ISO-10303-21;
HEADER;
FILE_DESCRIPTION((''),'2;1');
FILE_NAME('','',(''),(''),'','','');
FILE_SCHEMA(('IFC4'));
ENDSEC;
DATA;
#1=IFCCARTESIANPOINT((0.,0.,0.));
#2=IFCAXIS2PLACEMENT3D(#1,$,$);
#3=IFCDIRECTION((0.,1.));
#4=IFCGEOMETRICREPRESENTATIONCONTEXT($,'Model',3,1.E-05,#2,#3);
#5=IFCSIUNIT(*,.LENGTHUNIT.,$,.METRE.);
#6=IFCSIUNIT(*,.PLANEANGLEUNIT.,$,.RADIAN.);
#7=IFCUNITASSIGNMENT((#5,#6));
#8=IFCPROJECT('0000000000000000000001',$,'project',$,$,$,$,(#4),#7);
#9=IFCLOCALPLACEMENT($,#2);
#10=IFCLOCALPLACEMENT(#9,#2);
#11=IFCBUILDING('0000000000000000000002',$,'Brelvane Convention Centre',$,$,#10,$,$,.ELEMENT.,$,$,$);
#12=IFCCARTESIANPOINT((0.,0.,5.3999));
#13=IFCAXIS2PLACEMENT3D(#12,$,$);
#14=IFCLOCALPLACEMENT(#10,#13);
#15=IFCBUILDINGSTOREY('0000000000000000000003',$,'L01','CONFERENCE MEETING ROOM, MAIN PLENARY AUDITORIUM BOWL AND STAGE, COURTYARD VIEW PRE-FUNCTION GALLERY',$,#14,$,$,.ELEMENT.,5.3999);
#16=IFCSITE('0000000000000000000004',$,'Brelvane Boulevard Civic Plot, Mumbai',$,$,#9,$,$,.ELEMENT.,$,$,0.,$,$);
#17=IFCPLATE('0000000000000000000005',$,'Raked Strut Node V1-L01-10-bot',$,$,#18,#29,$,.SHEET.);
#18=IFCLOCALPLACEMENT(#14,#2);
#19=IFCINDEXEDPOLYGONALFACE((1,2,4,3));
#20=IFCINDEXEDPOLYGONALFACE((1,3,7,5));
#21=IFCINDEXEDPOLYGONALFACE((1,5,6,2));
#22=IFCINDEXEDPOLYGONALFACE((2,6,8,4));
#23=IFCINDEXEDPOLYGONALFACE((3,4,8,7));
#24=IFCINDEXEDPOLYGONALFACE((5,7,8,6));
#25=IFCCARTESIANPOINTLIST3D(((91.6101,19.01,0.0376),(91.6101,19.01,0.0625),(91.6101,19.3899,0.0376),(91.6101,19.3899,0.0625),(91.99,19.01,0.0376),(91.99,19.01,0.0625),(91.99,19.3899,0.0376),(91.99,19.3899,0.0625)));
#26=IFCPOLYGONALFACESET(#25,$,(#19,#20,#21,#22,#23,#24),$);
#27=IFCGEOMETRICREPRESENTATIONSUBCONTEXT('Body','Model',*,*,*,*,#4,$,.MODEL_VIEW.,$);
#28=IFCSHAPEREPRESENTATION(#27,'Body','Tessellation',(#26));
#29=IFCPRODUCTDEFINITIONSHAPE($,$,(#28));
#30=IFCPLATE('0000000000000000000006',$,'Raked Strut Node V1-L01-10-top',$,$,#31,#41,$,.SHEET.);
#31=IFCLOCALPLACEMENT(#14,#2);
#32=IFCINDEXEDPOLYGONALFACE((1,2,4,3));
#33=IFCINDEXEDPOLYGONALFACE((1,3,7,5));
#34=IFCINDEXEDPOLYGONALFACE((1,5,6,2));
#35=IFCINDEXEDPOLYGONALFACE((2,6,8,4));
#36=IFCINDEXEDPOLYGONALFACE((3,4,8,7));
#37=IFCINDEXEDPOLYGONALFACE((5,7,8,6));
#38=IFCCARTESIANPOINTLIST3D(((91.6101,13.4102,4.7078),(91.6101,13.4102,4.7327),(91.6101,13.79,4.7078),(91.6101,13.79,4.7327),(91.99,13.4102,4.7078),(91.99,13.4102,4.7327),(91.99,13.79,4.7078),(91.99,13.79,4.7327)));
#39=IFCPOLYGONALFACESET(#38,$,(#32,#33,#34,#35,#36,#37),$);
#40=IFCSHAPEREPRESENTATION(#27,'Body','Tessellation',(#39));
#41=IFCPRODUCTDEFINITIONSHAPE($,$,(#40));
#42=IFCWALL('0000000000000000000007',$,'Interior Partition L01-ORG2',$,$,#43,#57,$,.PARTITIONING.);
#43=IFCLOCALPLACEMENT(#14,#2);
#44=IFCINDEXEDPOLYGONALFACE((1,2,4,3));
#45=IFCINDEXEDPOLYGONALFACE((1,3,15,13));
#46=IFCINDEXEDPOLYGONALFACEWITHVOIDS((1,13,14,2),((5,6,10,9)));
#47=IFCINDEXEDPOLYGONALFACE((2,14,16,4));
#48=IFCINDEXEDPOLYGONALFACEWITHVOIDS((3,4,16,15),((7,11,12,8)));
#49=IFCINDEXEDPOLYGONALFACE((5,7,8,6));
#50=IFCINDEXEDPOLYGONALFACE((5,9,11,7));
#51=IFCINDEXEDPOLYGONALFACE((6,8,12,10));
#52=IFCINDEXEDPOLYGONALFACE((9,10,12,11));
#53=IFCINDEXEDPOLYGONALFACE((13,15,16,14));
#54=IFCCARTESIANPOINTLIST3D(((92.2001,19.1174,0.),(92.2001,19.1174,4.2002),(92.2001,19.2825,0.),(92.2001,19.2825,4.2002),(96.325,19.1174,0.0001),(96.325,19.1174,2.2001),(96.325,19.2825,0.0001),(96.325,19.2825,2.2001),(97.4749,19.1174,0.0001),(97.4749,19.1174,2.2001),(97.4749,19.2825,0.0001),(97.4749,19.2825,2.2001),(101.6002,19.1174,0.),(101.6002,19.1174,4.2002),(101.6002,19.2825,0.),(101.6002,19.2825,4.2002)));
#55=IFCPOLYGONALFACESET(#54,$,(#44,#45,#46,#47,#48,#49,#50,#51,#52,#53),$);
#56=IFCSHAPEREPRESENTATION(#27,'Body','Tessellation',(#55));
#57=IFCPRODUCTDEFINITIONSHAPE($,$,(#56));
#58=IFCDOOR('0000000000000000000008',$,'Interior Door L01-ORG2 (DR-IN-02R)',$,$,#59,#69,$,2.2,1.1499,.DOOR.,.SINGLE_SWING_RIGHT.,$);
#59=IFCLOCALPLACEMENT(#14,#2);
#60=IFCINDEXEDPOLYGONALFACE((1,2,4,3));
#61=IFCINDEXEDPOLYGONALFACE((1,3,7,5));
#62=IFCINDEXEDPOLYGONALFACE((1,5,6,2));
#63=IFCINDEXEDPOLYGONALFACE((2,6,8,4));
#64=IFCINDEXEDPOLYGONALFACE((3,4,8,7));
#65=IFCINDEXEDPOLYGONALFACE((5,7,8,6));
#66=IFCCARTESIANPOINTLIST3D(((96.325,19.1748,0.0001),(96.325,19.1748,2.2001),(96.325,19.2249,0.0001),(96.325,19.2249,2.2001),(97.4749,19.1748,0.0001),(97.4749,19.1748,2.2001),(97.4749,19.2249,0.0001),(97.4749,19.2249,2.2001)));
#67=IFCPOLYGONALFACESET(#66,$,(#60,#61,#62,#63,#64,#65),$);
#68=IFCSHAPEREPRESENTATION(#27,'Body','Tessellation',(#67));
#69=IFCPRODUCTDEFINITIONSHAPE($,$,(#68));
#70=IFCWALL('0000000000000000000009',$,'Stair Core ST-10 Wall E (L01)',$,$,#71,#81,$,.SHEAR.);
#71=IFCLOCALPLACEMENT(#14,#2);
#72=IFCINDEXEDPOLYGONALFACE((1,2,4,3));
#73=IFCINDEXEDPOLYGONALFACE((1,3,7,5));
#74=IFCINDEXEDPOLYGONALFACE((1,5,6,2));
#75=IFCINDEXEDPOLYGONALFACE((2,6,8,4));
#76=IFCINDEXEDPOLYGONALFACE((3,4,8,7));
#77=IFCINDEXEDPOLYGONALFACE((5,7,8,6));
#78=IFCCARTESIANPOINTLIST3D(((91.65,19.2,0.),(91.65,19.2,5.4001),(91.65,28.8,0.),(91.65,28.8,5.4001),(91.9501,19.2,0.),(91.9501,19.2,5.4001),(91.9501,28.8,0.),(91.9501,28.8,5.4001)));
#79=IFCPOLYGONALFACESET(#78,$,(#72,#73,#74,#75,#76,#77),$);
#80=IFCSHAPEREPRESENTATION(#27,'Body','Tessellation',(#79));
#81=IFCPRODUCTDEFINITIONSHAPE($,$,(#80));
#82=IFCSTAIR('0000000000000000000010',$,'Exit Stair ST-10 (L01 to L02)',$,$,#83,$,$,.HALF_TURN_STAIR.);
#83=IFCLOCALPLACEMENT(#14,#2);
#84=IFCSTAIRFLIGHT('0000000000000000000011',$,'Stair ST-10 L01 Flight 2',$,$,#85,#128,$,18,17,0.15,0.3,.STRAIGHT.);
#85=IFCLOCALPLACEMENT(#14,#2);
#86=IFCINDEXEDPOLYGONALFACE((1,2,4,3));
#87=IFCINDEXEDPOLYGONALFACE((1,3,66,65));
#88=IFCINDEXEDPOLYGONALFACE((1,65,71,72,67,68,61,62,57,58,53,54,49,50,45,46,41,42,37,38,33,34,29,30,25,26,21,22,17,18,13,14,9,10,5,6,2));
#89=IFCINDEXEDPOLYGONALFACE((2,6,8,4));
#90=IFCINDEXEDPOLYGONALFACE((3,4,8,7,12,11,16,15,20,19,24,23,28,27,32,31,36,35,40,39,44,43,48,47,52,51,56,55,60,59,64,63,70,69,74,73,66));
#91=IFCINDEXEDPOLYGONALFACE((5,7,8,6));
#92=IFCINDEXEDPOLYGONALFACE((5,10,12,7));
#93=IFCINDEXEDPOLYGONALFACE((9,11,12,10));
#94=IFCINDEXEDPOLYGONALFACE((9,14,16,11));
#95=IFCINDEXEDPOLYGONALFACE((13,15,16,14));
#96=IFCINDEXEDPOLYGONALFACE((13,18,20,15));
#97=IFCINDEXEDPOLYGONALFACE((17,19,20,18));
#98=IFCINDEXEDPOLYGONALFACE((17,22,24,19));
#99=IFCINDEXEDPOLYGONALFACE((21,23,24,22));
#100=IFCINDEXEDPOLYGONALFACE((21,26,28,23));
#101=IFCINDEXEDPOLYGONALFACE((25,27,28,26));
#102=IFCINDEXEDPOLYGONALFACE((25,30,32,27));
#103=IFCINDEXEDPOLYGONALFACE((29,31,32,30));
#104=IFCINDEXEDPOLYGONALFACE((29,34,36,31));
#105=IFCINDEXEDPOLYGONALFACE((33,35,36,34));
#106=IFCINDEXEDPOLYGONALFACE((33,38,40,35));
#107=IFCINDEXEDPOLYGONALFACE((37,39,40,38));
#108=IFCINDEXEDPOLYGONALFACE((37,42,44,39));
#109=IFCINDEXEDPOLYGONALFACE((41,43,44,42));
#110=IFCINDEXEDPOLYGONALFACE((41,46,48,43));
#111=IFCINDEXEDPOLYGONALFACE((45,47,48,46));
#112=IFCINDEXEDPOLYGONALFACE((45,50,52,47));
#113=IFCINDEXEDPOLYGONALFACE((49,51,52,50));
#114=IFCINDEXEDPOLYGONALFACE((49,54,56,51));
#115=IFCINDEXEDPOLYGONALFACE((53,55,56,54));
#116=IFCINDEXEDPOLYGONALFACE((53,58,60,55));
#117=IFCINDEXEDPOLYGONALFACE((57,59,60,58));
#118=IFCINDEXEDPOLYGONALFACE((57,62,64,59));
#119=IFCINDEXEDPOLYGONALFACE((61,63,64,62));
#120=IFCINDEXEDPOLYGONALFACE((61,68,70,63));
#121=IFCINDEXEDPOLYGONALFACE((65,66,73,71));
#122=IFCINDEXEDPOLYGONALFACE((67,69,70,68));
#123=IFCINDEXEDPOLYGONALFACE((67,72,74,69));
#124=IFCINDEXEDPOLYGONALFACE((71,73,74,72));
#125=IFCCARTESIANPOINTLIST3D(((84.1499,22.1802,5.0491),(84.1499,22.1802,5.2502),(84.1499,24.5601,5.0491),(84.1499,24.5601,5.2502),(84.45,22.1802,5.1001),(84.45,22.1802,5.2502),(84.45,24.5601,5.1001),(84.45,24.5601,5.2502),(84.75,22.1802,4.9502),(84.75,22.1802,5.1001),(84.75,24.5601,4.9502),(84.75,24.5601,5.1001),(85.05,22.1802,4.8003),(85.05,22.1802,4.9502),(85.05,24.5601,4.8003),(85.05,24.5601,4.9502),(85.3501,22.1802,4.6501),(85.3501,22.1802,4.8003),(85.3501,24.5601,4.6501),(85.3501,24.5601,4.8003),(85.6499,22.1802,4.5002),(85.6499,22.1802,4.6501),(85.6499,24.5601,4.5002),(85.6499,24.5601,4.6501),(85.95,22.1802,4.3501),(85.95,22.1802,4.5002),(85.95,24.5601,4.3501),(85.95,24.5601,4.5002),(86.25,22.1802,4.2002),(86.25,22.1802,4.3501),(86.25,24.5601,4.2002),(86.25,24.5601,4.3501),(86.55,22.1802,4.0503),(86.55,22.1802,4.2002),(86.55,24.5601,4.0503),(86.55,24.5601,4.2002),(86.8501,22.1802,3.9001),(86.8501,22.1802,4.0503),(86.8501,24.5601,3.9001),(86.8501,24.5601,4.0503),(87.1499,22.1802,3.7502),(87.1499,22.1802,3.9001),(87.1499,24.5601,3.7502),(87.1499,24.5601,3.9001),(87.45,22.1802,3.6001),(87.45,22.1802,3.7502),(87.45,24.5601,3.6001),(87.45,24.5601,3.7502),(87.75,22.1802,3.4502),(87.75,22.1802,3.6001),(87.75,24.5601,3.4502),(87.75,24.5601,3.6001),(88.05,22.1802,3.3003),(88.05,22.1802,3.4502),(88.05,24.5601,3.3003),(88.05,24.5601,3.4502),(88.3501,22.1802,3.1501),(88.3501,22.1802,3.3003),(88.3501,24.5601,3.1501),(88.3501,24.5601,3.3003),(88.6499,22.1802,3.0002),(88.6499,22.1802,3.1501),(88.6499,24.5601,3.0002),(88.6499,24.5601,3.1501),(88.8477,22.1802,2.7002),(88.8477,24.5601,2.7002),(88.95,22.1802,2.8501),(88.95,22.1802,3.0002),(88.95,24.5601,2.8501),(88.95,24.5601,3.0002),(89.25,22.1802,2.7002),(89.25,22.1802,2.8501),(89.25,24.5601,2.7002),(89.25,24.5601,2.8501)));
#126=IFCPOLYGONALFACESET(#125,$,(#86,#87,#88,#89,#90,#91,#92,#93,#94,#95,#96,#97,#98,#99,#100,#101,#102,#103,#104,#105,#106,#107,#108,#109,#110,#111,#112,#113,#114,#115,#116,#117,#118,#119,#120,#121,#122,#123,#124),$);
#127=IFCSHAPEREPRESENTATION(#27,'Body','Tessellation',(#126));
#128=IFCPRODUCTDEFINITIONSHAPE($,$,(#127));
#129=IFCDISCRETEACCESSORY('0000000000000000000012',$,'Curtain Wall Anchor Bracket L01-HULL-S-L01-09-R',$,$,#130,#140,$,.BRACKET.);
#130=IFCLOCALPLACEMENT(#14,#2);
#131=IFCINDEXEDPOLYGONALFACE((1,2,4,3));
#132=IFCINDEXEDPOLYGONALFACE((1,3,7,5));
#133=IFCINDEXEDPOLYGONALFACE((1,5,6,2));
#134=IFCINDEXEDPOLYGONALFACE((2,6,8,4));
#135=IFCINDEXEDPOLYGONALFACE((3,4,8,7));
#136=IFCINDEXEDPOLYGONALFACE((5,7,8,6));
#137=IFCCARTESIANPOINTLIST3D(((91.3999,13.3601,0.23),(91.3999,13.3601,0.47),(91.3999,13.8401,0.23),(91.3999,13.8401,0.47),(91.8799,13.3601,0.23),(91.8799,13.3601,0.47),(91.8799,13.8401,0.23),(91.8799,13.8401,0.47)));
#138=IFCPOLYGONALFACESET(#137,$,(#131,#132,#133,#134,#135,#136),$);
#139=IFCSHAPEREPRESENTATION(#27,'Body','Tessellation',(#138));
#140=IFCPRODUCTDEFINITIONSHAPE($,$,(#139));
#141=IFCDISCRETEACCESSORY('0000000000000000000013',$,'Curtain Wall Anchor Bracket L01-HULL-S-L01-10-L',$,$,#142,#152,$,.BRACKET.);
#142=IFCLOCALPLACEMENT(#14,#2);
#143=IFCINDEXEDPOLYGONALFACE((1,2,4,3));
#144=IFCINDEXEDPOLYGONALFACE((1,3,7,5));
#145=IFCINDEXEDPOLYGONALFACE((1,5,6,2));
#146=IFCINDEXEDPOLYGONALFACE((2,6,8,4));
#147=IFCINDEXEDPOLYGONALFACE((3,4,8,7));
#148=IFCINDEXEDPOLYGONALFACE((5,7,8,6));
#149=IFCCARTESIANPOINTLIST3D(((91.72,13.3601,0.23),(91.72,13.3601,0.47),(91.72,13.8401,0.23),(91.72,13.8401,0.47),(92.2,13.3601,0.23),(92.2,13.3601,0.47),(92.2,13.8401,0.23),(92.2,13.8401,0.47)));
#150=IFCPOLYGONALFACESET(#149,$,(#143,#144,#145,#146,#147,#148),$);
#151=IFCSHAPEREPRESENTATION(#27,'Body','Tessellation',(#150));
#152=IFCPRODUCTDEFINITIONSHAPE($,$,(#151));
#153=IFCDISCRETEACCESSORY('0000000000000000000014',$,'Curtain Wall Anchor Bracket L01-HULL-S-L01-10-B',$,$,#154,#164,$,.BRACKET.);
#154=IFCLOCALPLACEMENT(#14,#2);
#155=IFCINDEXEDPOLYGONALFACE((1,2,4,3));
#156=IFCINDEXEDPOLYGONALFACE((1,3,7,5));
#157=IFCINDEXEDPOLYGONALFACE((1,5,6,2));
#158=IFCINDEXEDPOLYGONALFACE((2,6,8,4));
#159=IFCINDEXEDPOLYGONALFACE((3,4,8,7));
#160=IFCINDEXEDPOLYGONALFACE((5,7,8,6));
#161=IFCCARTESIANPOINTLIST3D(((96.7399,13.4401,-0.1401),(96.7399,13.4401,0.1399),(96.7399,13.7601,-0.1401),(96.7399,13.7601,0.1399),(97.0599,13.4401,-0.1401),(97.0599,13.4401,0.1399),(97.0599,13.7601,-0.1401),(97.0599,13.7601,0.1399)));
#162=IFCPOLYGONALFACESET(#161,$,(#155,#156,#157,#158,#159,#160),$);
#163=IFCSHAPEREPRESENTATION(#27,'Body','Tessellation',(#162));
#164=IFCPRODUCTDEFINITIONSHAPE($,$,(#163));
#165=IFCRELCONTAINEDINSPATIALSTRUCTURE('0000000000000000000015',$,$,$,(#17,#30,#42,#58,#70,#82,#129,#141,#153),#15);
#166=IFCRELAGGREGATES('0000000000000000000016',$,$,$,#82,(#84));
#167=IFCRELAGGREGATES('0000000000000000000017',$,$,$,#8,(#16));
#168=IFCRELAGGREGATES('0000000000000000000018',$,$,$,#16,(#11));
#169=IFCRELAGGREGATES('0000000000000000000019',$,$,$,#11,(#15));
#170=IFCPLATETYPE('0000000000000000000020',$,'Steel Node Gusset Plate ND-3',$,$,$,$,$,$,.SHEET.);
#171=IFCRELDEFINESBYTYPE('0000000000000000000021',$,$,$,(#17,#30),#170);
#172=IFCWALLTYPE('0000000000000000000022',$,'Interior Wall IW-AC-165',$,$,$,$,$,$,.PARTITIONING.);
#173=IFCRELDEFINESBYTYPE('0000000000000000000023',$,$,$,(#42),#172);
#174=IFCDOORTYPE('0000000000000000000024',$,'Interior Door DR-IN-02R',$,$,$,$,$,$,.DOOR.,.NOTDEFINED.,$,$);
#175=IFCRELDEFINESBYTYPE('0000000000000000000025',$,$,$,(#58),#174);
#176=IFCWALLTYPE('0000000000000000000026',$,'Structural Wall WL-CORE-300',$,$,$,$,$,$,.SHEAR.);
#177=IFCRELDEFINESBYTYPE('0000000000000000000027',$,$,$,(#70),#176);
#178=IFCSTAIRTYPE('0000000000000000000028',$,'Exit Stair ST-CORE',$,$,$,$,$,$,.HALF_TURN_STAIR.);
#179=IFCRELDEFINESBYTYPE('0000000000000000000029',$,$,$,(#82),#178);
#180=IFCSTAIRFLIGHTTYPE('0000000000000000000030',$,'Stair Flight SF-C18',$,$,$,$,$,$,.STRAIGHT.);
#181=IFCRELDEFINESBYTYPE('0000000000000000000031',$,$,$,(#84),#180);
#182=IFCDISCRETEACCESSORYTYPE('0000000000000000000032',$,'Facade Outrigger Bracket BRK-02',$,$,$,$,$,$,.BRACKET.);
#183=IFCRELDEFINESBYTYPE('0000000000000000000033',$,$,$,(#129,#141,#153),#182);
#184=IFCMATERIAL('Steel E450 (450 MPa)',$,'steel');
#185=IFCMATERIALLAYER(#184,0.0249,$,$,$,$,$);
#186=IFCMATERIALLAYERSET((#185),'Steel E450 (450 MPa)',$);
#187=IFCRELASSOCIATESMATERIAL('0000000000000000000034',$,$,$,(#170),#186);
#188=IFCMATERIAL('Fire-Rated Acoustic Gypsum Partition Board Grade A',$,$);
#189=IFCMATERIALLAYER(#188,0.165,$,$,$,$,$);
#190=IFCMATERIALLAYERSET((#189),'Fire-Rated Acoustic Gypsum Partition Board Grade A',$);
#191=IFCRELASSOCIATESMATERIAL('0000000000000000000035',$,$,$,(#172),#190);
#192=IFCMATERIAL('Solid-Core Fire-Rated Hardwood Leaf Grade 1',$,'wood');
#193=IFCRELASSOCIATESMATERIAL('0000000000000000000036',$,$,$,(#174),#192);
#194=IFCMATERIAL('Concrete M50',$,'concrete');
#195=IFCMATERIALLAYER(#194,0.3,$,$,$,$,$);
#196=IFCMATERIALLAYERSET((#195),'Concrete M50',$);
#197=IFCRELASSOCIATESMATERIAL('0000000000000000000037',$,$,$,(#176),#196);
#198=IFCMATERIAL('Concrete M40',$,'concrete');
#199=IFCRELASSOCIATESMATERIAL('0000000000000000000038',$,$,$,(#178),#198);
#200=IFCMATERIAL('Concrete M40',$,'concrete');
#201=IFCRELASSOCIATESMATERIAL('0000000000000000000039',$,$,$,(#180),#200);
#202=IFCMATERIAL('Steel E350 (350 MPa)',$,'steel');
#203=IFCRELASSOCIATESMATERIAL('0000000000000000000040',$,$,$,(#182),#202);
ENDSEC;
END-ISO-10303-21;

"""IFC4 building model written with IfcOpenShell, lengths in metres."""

from ifc_helpers import new_model, si_unit, direction, frame, frame_2d, origin, origin_2d, place, context, subcontext, project, spatial, polyline, rectangle, outline, extrude, material, layer, layer_set, type_object, element, fill, aggregate, save


model = new_model("IFC4")

# Units and contexts
model_context = context("Model", 3, precision=1e-05, world=origin(), true_north=direction((0.0, 1.0)))
body_context = subcontext(model_context, "Body", "Model", "MODEL_VIEW")
ifc_project = project(units=[si_unit("LENGTHUNIT", "METRE"), si_unit("PLANEANGLEUNIT", "RADIAN")], contexts=[model_context])

# Site, building, storey
site_placement = place(None, origin())
site = spatial("IfcSite", under=ifc_project, at=site_placement, Name="Brelvane Boulevard Civic Plot, Mumbai", CompositionType="ELEMENT", RefElevation=0.0)
building_placement = place(site_placement, origin())
building = spatial("IfcBuilding", under=site, at=building_placement, Name="Brelvane Convention Centre", CompositionType="ELEMENT")
storey_placement = place(building_placement, frame((0.0, 0.0, 5.3999)))
storey = spatial("IfcBuildingStorey", under=building, at=storey_placement, Name="L01", Description="CONFERENCE MEETING ROOM, MAIN PLENARY AUDITORIUM BOWL AND STAGE, COURTYARD VIEW PRE-FUNCTION GALLERY", CompositionType="ELEMENT", Elevation=5.3999)

# Plates
ifc_material_1 = material(Name="Steel E450 (450 MPa)", Category="steel")
ifc_layer_1 = layer(ifc_material_1, 0.0249)
ifc_layer_set_1 = layer_set([ifc_layer_1], Name="Steel E450 (450 MPa)")
plate_type_1 = type_object("IfcPlateType", Name="Steel Node Gusset Plate ND-3", PredefinedType="SHEET", material=ifc_layer_set_1)
for number, where, z_axis, x_axis, name in (
    (1, (91.8, 19.2, 0.0376), (0.0, 0.0, 1.0), (1.0, 0.0, 0.0), "Raked Strut Node V1-L01-10-bot"),
    (2, (91.8, 13.6001, 4.7078), (0.0, 0.0, 1.0), (1.0, 0.0, 0.0), "Raked Strut Node V1-L01-10-top"),
):
    element("IfcPlate", number, at=place(storey_placement, frame(where, z_axis=z_axis, x_axis=x_axis)), inside=storey, type_object=plate_type_1, Name=name, PredefinedType="SHEET", context=body_context, shape_type="SweptSolid", body=[
        extrude(rectangle(XDim=0.3799, YDim=0.3799, at=origin_2d()), origin(), (0.0, 0.0, 1.0), 0.0249),
    ])

# Wall, opening, door
ifc_material_2 = material(Name="Fire-Rated Acoustic Gypsum Partition Board Grade A")
ifc_layer_2 = layer(ifc_material_2, 0.165)
ifc_layer_set_2 = layer_set([ifc_layer_2], Name="Fire-Rated Acoustic Gypsum Partition Board Grade A")
wall_type_1 = type_object("IfcWallType", Name="Interior Wall IW-AC-165", PredefinedType="PARTITIONING", material=ifc_layer_set_2)
wall_1_placement = place(storey_placement, frame((92.2, 19.2, 0.0), z_axis=(0.0, 0.0, 1.0), x_axis=(1.0, 0.0, 0.0)))
wall_1 = element("IfcWall", 3, at=wall_1_placement, inside=storey, type_object=wall_type_1, Name="Interior Partition L01-ORG2", PredefinedType="PARTITIONING", context=body_context, shape_type="SweptSolid", body=[
    extrude(rectangle(XDim=9.4001, YDim=0.165, at=frame_2d((4.7002, 0.0))), origin(), (0.0, 0.0, 1.0), 4.2002),
])
opening_placement = place(wall_1_placement, frame((4.125, 0.0, 0.0)))
opening = element("IfcOpeningElement", 4, at=opening_placement, cuts=wall_1, PredefinedType="OPENING", context=body_context, shape_type="SweptSolid", body=[
    extrude(rectangle(XDim=1.1499, YDim=2.2, at=frame_2d((0.575, 1.1001))), frame((0.0, 0.0925, 0.0), z_axis=(0.0, -1.0, 0.0), x_axis=(1.0, 0.0, 0.0)), (0.0, 0.0, 1.0), 0.1851),
])
ifc_material_3 = material(Name="Solid-Core Fire-Rated Hardwood Leaf Grade 1", Category="wood")
door_type = type_object("IfcDoorType", Name="Interior Door DR-IN-02R", OperationType="NOTDEFINED", PredefinedType="DOOR", material=ifc_material_3)
door_placement = place(opening_placement, origin())
door = element("IfcDoor", 5, at=door_placement, inside=storey, type_object=door_type, Name="Interior Door L01-ORG2 (DR-IN-02R)", OperationType="SINGLE_SWING_RIGHT", OverallHeight=2.2, OverallWidth=1.1499, PredefinedType="DOOR", context=body_context, shape_type="SweptSolid", body=[
    extrude(rectangle(XDim=1.1499, YDim=2.2, at=frame_2d((0.575, 1.1001))), frame((0.0, 0.0249, 0.0), z_axis=(0.0, -1.0, 0.0), x_axis=(1.0, 0.0, 0.0)), (0.0, 0.0, 1.0), 0.05),
])
fill(opening, door)

# Wall
ifc_material_4 = material(Name="Concrete M50", Category="concrete")
ifc_layer_3 = layer(ifc_material_4, 0.3)
ifc_layer_set_3 = layer_set([ifc_layer_3], Name="Concrete M50")
wall_type_2 = type_object("IfcWallType", Name="Structural Wall WL-CORE-300", PredefinedType="SHEAR", material=ifc_layer_set_3)
wall_2_placement = place(storey_placement, frame((91.8, 19.2, 0.0), z_axis=(0.0, 0.0, 1.0), x_axis=(0.0, 1.0, 0.0)))
element("IfcWall", 6, at=wall_2_placement, inside=storey, type_object=wall_type_2, Name="Stair Core ST-10 Wall E (L01)", PredefinedType="SHEAR", context=body_context, shape_type="SweptSolid", body=[
    extrude(rectangle(XDim=9.6001, YDim=0.3, at=frame_2d((4.8, 0.0))), origin(), (0.0, 0.0, 1.0), 5.4001),
])

# Stair, stair flight
ifc_material_5 = material(Name="Concrete M40", Category="concrete")
stair_type = type_object("IfcStairType", Name="Exit Stair ST-CORE", PredefinedType="HALF_TURN_STAIR", material=ifc_material_5)
stair_placement = place(storey_placement, origin())
stair = element("IfcStair", 7, at=stair_placement, inside=storey, type_object=stair_type, Name="Exit Stair ST-10 (L01 to L02)", PredefinedType="HALF_TURN_STAIR")
ifc_material_6 = material(Name="Concrete M40", Category="concrete")
stair_flight_type = type_object("IfcStairFlightType", Name="Stair Flight SF-C18", PredefinedType="STRAIGHT", material=ifc_material_6)
stair_flight_placement = place(storey_placement, frame((89.25, 23.3701, 2.7002), z_axis=(0.0, 0.0, 1.0), x_axis=(-1.0, 0.0, 0.0)))
stair_flight = element("IfcStairFlight", 8, at=stair_flight_placement, type_object=stair_flight_type, Name="Stair ST-10 L01 Flight 2", NumberOfRisers=18, NumberOfTreads=17, PredefinedType="STRAIGHT", RiserHeight=0.15, TreadLength=0.3, context=body_context, shape_type="SweptSolid", body=[
    extrude(outline(polyline([(0.0, 0.0), (0.0, 0.1499), (0.3, 0.1499), (0.3, 0.3), (0.6001, 0.3), (0.6001, 0.45), (0.8999, 0.45), (0.8999, 0.6001), (1.2, 0.6001), (1.2, 0.75), (1.5, 0.75), (1.5, 0.8999), (1.8, 0.8999), (1.8, 1.05), (2.1001, 1.05), (2.1001, 1.2), (2.3999, 1.2), (2.3999, 1.3501), (2.7, 1.3501), (2.7, 1.5), (3.0, 1.5), (3.0, 1.6499), (3.3, 1.6499), (3.3, 1.8), (3.6001, 1.8), (3.6001, 1.95), (3.8999, 1.95), (3.8999, 2.1001), (4.2, 2.1001), (4.2, 2.25), (4.5, 2.25), (4.5, 2.3999), (4.8, 2.3999), (4.8, 2.55), (5.1001, 2.55), (5.1001, 2.7), (5.1001, 2.3489), (0.4023, 0.0), (0.0, 0.0)])), frame((0.0, 1.1899, 0.0), z_axis=(0.0, -1.0, 0.0), x_axis=(1.0, 0.0, 0.0)), (0.0, 0.0, 1.0), 2.3799),
])
aggregate(stair, [stair_flight])

# Discrete accessories
ifc_material_7 = material(Name="Steel E350 (350 MPa)", Category="steel")
discrete_accessory_type = type_object("IfcDiscreteAccessoryType", Name="Facade Outrigger Bracket BRK-02", PredefinedType="BRACKET", material=ifc_material_7)
for number, where, z_axis, x_axis, name in (
    (9, (91.6399, 13.6001, 0.23), (0.0, 0.0, 1.0), (1.0, 0.0, 0.0), "Curtain Wall Anchor Bracket L01-HULL-S-L01-09-R"),
    (10, (91.96, 13.6001, 0.23), (0.0, 0.0, 1.0), (1.0, 0.0, 0.0), "Curtain Wall Anchor Bracket L01-HULL-S-L01-10-L"),
):
    element("IfcDiscreteAccessory", number, at=place(storey_placement, frame(where, z_axis=z_axis, x_axis=x_axis)), inside=storey, type_object=discrete_accessory_type, Name=name, PredefinedType="BRACKET", context=body_context, shape_type="SweptSolid", body=[
        extrude(rectangle(XDim=0.48, YDim=0.48, at=origin_2d()), origin(), (0.0, 0.0, 1.0), 0.24),
    ])
discrete_accessory_placement = place(storey_placement, frame((96.8999, 13.6001, -0.1401), z_axis=(0.0, 0.0, 1.0), x_axis=(1.0, 0.0, 0.0)))
element("IfcDiscreteAccessory", 11, at=discrete_accessory_placement, inside=storey, type_object=discrete_accessory_type, Name="Curtain Wall Anchor Bracket L01-HULL-S-L01-10-B", PredefinedType="BRACKET", context=body_context, shape_type="SweptSolid", body=[
    extrude(rectangle(XDim=0.3201, YDim=0.3201, at=origin_2d()), origin(), (0.0, 0.0, 1.0), 0.28),
])

save(model, "model.ifc")
